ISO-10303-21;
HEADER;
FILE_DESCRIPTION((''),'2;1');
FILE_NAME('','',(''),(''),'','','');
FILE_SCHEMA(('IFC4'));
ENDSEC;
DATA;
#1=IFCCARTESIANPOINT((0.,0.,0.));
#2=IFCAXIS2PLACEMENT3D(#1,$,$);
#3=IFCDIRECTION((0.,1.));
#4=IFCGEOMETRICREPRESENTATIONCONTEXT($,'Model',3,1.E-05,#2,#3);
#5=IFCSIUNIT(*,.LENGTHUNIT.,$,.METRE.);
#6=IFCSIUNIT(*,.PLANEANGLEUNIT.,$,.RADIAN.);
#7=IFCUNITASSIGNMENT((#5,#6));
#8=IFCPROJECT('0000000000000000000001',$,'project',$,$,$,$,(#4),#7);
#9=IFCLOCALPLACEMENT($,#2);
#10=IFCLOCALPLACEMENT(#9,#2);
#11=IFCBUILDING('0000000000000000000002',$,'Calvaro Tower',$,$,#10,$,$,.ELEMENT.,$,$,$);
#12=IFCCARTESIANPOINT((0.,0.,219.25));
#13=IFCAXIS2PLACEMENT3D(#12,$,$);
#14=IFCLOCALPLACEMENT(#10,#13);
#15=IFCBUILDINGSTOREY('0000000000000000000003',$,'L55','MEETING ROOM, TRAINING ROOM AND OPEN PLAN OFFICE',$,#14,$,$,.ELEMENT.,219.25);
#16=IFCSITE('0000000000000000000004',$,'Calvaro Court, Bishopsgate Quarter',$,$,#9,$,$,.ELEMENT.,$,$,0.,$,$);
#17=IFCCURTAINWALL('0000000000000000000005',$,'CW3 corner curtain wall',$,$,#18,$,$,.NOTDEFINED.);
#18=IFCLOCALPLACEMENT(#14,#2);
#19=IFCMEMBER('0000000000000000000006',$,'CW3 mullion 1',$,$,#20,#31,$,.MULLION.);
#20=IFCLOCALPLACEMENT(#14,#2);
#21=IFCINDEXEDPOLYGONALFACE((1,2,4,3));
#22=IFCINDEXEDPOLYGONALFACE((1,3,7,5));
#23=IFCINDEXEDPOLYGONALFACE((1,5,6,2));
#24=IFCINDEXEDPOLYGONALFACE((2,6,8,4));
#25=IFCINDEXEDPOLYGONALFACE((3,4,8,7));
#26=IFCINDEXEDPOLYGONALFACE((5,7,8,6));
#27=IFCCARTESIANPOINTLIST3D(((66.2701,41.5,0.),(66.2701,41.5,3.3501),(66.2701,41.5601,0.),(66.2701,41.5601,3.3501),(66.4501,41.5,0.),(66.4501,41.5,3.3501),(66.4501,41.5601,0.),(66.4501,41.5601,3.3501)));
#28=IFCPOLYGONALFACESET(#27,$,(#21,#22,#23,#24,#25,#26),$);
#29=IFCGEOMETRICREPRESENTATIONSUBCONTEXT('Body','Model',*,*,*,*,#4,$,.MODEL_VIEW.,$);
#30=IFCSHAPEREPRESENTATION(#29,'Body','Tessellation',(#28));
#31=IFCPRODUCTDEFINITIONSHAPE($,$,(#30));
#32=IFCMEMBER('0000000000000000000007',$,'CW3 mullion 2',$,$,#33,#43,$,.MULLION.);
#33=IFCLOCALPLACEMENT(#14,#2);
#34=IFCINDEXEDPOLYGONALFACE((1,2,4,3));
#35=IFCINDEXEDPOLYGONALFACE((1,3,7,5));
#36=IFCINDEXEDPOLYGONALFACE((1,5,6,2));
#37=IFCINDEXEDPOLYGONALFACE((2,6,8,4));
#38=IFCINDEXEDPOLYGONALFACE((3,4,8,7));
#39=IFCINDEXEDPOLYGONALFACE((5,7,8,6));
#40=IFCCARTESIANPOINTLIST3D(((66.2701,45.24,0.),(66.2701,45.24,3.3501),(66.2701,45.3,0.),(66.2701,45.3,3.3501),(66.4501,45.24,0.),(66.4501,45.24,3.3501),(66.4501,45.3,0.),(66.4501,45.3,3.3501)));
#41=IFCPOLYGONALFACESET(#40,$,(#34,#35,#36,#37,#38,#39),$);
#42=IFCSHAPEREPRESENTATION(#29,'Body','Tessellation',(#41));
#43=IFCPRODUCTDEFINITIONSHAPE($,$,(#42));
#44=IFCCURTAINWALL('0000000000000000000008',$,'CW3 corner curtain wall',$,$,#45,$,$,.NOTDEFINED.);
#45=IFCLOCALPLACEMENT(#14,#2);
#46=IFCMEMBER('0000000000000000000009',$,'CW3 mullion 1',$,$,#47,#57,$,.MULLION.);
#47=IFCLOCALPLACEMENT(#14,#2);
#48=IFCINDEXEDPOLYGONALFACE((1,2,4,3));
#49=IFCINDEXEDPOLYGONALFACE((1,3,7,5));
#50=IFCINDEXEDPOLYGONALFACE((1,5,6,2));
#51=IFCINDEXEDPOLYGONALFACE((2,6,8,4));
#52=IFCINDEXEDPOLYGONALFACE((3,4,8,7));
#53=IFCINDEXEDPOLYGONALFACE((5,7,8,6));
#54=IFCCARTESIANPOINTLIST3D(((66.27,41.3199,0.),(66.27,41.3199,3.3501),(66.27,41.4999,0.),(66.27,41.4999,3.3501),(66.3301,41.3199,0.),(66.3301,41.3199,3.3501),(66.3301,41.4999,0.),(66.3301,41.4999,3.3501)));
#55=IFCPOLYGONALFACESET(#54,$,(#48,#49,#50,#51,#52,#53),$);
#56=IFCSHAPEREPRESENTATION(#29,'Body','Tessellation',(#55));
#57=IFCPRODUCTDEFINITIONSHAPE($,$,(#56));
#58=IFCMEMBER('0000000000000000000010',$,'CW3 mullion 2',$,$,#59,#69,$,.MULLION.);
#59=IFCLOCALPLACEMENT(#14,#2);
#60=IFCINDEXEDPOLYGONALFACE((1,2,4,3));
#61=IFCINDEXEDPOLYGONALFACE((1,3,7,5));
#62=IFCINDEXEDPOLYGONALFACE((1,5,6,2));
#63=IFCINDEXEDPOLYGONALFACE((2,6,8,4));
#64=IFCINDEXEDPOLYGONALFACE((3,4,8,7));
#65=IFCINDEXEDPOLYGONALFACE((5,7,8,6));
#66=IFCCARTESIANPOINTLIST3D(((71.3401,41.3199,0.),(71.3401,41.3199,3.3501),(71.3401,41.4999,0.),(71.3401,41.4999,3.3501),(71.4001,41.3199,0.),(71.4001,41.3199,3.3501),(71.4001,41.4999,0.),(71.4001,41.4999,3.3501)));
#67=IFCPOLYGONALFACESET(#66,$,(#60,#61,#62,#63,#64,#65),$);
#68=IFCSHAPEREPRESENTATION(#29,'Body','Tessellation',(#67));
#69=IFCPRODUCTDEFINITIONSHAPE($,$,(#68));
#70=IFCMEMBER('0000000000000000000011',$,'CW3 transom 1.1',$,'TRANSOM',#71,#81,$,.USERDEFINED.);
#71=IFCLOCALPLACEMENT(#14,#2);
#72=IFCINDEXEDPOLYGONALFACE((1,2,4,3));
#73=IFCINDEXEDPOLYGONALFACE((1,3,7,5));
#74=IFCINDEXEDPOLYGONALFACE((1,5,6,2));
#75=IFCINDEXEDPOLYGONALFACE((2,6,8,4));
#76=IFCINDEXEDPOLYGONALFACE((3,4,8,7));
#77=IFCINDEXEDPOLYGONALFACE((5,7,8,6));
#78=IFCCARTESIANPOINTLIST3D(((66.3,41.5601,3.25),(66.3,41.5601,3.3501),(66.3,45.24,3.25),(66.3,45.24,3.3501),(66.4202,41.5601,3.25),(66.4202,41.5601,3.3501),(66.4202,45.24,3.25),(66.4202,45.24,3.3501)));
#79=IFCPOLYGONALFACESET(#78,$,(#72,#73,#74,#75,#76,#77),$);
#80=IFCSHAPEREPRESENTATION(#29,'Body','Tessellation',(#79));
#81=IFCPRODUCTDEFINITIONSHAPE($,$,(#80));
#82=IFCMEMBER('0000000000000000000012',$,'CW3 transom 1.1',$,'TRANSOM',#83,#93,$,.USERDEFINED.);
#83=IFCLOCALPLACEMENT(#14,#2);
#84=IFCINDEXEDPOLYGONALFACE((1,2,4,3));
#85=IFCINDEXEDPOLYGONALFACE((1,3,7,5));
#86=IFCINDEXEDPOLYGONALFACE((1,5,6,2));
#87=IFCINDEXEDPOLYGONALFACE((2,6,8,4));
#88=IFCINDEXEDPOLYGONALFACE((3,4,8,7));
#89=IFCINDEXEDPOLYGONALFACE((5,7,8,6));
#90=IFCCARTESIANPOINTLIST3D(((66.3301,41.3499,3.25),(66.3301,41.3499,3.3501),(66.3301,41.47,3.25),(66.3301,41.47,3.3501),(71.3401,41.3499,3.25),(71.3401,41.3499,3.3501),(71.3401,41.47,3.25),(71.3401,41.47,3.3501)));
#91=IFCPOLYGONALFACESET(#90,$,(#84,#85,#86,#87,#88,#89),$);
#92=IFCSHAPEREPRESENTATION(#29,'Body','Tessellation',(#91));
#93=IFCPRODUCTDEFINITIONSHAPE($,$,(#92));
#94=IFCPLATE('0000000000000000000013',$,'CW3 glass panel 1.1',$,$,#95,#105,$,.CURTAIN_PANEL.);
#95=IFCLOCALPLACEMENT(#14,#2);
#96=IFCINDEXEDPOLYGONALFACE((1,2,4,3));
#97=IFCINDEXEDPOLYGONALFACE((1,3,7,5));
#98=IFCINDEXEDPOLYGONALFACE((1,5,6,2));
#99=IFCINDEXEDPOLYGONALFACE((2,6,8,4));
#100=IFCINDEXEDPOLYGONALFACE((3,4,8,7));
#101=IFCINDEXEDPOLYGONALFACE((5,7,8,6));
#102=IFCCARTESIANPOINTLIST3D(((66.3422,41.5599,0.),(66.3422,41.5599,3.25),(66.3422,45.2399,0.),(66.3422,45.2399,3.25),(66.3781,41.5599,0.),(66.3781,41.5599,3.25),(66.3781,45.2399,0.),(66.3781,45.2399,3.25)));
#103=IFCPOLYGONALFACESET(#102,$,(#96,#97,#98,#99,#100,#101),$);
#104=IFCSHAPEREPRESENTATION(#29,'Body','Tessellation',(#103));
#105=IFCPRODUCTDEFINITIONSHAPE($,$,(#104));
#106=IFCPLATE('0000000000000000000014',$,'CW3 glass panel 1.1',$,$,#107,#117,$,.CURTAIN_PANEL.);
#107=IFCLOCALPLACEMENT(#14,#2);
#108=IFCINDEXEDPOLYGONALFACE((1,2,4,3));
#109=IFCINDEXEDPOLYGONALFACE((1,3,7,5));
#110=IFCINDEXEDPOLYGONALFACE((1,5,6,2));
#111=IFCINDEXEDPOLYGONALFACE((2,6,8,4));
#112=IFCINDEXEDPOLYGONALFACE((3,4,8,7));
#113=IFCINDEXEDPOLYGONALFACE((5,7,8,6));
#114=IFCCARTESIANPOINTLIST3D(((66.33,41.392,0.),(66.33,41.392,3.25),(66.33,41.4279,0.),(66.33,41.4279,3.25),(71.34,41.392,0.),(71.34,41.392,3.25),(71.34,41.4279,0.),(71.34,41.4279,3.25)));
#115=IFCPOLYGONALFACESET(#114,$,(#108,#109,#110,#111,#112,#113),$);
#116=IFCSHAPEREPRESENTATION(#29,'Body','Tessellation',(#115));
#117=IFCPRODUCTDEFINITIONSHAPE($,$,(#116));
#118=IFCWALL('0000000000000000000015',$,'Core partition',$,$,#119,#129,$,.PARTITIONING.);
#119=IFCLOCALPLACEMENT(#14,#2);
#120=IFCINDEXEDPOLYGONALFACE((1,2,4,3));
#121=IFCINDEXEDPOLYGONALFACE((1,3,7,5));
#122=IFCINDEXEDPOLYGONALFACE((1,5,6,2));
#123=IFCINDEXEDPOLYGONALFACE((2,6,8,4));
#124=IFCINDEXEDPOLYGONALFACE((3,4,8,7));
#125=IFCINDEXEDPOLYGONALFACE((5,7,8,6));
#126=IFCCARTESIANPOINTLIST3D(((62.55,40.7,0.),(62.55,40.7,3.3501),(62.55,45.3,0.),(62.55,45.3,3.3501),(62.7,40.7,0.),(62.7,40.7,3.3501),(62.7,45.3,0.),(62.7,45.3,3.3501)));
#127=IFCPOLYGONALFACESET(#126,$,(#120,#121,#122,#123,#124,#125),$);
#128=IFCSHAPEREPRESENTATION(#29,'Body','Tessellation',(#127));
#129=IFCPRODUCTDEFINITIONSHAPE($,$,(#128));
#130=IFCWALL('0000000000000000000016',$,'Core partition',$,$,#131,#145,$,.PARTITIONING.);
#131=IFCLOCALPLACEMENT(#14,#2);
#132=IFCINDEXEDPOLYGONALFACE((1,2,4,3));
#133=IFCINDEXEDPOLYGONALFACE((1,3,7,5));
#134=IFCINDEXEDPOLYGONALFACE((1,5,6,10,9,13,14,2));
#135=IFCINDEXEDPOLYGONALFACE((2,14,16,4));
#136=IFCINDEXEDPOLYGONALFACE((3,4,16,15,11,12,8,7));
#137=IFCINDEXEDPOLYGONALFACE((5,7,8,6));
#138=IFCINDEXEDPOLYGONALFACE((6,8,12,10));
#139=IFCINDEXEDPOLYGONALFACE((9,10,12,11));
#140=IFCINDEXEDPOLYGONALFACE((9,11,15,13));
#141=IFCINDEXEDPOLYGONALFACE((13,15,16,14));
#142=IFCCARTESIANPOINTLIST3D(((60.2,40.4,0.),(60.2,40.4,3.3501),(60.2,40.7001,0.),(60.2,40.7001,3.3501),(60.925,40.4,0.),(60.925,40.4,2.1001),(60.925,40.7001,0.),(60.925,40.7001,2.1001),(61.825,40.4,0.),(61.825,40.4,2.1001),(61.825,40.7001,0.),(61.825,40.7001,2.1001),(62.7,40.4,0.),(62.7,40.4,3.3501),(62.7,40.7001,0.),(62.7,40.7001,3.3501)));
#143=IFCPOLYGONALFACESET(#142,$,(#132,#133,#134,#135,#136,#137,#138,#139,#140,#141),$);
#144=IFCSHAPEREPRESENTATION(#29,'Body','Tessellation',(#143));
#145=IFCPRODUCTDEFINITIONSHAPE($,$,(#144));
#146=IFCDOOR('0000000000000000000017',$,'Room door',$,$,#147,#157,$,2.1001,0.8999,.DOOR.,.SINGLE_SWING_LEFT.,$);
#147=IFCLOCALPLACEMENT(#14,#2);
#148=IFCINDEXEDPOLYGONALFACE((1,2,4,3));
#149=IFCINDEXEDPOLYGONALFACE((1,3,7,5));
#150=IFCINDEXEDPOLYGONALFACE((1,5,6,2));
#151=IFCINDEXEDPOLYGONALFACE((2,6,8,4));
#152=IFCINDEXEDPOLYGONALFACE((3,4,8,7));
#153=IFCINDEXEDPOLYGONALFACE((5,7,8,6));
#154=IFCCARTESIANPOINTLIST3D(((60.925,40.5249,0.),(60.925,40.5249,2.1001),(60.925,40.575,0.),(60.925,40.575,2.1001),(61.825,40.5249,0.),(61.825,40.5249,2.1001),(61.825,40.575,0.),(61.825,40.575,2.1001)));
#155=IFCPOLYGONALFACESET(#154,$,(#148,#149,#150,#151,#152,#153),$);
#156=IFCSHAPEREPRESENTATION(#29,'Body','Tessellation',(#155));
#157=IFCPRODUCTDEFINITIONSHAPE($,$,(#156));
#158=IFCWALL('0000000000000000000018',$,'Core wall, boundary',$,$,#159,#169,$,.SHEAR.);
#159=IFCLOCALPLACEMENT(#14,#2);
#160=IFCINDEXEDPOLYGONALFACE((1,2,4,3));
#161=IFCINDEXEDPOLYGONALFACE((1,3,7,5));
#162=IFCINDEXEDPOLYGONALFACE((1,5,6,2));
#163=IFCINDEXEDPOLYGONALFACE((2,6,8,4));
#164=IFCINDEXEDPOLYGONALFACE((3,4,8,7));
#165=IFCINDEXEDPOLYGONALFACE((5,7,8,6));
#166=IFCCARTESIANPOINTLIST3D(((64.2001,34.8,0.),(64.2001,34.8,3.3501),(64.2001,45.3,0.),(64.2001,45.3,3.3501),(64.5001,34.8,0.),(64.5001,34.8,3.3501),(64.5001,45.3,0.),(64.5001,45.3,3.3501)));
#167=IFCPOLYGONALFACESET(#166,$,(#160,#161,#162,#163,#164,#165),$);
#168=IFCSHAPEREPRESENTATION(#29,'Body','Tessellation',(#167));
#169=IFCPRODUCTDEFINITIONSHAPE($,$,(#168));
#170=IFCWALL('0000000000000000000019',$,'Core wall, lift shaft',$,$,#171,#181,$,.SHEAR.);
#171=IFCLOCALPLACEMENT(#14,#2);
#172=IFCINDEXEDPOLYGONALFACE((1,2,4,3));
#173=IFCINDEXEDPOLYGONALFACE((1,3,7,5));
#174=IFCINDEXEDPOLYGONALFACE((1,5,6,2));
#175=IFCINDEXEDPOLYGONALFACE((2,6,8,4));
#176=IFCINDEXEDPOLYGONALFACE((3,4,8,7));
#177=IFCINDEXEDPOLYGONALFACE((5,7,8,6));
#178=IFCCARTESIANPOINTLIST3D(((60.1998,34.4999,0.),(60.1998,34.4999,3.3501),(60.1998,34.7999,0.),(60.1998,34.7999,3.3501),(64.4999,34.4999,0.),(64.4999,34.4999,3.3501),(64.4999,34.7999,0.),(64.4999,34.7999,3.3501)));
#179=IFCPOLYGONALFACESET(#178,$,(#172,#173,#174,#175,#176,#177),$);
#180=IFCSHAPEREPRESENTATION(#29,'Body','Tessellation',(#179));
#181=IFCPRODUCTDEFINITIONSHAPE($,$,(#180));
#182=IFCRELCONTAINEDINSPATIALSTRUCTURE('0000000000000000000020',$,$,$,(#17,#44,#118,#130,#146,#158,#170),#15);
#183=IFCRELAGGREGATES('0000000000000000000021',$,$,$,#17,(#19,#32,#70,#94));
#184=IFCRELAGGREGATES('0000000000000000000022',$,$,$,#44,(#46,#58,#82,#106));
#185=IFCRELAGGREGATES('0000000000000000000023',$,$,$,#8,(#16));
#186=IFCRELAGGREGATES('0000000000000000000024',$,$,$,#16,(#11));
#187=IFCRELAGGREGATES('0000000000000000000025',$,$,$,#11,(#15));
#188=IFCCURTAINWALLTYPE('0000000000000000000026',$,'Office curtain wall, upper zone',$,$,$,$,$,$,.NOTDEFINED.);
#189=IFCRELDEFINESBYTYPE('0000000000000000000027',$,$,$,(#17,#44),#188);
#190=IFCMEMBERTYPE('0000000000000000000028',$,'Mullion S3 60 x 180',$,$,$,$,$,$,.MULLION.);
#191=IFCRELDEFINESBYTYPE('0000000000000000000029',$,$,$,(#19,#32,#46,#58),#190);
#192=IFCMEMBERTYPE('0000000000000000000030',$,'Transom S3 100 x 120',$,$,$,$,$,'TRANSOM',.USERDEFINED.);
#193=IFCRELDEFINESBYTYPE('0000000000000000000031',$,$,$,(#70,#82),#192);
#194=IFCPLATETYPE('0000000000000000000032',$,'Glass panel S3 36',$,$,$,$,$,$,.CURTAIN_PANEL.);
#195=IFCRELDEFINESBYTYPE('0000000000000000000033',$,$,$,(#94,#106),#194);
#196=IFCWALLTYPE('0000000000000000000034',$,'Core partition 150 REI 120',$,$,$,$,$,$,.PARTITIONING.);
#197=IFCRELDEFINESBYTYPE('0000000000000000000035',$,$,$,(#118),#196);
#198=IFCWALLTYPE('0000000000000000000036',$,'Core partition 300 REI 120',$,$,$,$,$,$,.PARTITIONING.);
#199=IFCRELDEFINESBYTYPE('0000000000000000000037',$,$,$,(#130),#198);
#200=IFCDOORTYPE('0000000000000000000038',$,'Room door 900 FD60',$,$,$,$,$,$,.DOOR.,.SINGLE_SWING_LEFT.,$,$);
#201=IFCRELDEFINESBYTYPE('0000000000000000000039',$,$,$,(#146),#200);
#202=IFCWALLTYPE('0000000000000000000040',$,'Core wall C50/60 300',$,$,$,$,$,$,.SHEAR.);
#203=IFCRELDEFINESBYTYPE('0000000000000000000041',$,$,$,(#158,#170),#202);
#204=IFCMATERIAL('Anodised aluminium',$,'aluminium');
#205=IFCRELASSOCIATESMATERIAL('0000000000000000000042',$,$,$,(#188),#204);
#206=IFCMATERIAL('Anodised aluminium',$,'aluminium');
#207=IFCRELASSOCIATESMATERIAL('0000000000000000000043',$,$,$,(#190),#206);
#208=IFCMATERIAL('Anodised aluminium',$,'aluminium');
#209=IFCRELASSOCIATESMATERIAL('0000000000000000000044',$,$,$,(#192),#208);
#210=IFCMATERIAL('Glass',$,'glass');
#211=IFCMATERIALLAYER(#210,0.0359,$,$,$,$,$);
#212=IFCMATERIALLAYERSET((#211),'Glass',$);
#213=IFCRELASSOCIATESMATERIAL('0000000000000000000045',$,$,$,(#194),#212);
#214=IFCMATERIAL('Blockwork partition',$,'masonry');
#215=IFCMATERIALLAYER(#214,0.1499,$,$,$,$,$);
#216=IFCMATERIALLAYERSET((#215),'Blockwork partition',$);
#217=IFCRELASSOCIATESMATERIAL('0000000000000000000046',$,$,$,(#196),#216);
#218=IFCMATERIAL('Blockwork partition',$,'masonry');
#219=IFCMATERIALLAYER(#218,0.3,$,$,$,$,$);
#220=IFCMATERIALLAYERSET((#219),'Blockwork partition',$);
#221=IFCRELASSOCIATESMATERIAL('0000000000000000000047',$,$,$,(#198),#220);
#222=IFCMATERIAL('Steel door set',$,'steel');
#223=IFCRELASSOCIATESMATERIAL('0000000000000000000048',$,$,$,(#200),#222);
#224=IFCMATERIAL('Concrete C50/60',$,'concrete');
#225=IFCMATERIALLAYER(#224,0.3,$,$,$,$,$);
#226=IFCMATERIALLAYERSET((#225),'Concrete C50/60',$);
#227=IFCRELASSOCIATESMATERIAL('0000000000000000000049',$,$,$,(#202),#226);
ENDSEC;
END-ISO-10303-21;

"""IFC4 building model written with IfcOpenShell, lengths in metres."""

from ifc_helpers import new_model, si_unit, direction, frame, frame_2d, origin, origin_2d, place, context, subcontext, project, spatial, rectangle, extrude, material, layer, layer_set, material_profile, profile_set, type_object, element, fill, aggregate, save


model = new_model("IFC4")

# Units and contexts
model_context = context("Model", 3, precision=1e-05, world=origin(), true_north=direction((0.0, 1.0)))
body_context = subcontext(model_context, "Body", "Model", "MODEL_VIEW")
ifc_project = project(units=[si_unit("LENGTHUNIT", "METRE"), si_unit("PLANEANGLEUNIT", "RADIAN")], contexts=[model_context])

# Site, building, storey
site_placement = place(None, origin())
site = spatial("IfcSite", under=ifc_project, at=site_placement, Name="Calvaro Court, Bishopsgate Quarter", CompositionType="ELEMENT", RefElevation=0.0)
building_placement = place(site_placement, origin())
building = spatial("IfcBuilding", under=site, at=building_placement, Name="Calvaro Tower", CompositionType="ELEMENT")
storey_placement = place(building_placement, frame((0.0, 0.0, 219.25)))
storey = spatial("IfcBuildingStorey", under=building, at=storey_placement, Name="L55", Description="MEETING ROOM, TRAINING ROOM AND OPEN PLAN OFFICE", CompositionType="ELEMENT", Elevation=219.25)

# Curtain walls, members
ifc_material_1 = material(Name="Anodised aluminium", Category="aluminium")
curtain_wall_type = type_object("IfcCurtainWallType", Name="Office curtain wall, upper zone", PredefinedType="NOTDEFINED", material=ifc_material_1)
curtain_wall_1_placement = place(storey_placement, origin())
curtain_wall_1 = element("IfcCurtainWall", 1, at=curtain_wall_1_placement, inside=storey, type_object=curtain_wall_type, Name="CW3 corner curtain wall", PredefinedType="NOTDEFINED")
ifc_material_2 = material(Name="Anodised aluminium", Category="aluminium")
ifc_material_profile_1 = material_profile(ifc_material_2, rectangle(XDim=0.1799, YDim=0.0601, at=origin_2d()), Name="Mullion S3 60 x 180")
ifc_profile_set_1 = profile_set([ifc_material_profile_1], Name="Anodised aluminium")
member_type_1 = type_object("IfcMemberType", Name="Mullion S3 60 x 180", PredefinedType="MULLION", material=ifc_profile_set_1)
member_1_placement = place(storey_placement, frame((66.3601, 41.53, 0.0), z_axis=(0.0, 0.0, 1.0), x_axis=(-1.0, 0.0, 0.0)))
member_1 = element("IfcMember", 2, at=member_1_placement, type_object=member_type_1, Name="CW3 mullion 1", PredefinedType="MULLION", context=body_context, shape_type="SweptSolid", body=[
    extrude(rectangle(XDim=0.1799, YDim=0.0601, at=origin_2d()), origin(), (0.0, 0.0, 1.0), 3.3501),
])
member_2_placement = place(storey_placement, frame((66.3601, 45.27, 0.0), z_axis=(0.0, 0.0, 1.0), x_axis=(-1.0, 0.0, 0.0)))
member_2 = element("IfcMember", 3, at=member_2_placement, type_object=member_type_1, Name="CW3 mullion 2", PredefinedType="MULLION", context=body_context, shape_type="SweptSolid", body=[
    extrude(rectangle(XDim=0.1799, YDim=0.0601, at=origin_2d()), origin(), (0.0, 0.0, 1.0), 3.3501),
])
curtain_wall_2_placement = place(storey_placement, origin())
curtain_wall_2 = element("IfcCurtainWall", 4, at=curtain_wall_2_placement, inside=storey, type_object=curtain_wall_type, Name="CW3 corner curtain wall", PredefinedType="NOTDEFINED")
member_3_placement = place(storey_placement, frame((66.3, 41.4099, 0.0), z_axis=(0.0, 0.0, 1.0), x_axis=(0.0, 1.0, 0.0)))
member_3 = element("IfcMember", 5, at=member_3_placement, type_object=member_type_1, Name="CW3 mullion 1", PredefinedType="MULLION", context=body_context, shape_type="SweptSolid", body=[
    extrude(rectangle(XDim=0.1799, YDim=0.0601, at=origin_2d()), origin(), (0.0, 0.0, 1.0), 3.3501),
])
member_4_placement = place(storey_placement, frame((71.3701, 41.4099, 0.0), z_axis=(0.0, 0.0, 1.0), x_axis=(0.0, 1.0, 0.0)))
member_4 = element("IfcMember", 6, at=member_4_placement, type_object=member_type_1, Name="CW3 mullion 2", PredefinedType="MULLION", context=body_context, shape_type="SweptSolid", body=[
    extrude(rectangle(XDim=0.1799, YDim=0.0601, at=origin_2d()), origin(), (0.0, 0.0, 1.0), 3.3501),
])

# Members
ifc_material_3 = material(Name="Anodised aluminium", Category="aluminium")
ifc_material_profile_2 = material_profile(ifc_material_3, rectangle(XDim=0.1201, YDim=0.1001, at=origin_2d()), Name="Transom S3 100 x 120")
ifc_profile_set_2 = profile_set([ifc_material_profile_2], Name="Anodised aluminium")
member_type_2 = type_object("IfcMemberType", Name="Transom S3 100 x 120", ElementType="TRANSOM", PredefinedType="USERDEFINED", material=ifc_profile_set_2)
member_5_placement = place(storey_placement, frame((66.3601, 41.5601, 3.3), z_axis=(0.0, 1.0, 0.0), x_axis=(-1.0, 0.0, 0.0)))
member_5 = element("IfcMember", 7, at=member_5_placement, type_object=member_type_2, Name="CW3 transom 1.1", ObjectType="TRANSOM", PredefinedType="USERDEFINED", context=body_context, shape_type="SweptSolid", body=[
    extrude(rectangle(XDim=0.1201, YDim=0.1001, at=origin_2d()), origin(), (0.0, 0.0, 1.0), 3.6799),
])
member_6_placement = place(storey_placement, frame((66.3301, 41.4099, 3.3), z_axis=(1.0, 0.0, 0.0), x_axis=(0.0, 1.0, 0.0)))
member_6 = element("IfcMember", 8, at=member_6_placement, type_object=member_type_2, Name="CW3 transom 1.1", ObjectType="TRANSOM", PredefinedType="USERDEFINED", context=body_context, shape_type="SweptSolid", body=[
    extrude(rectangle(XDim=0.1201, YDim=0.1001, at=origin_2d()), origin(), (0.0, 0.0, 1.0), 5.01),
])

# Plates
ifc_material_4 = material(Name="Glass", Category="glass")
ifc_layer_1 = layer(ifc_material_4, 0.0359)
ifc_layer_set_1 = layer_set([ifc_layer_1], Name="Glass")
plate_type = type_object("IfcPlateType", Name="Glass panel S3 36", PredefinedType="CURTAIN_PANEL", material=ifc_layer_set_1)
plate_1_placement = place(storey_placement, frame((66.3601, 43.3999, 0.0), z_axis=(0.0, 0.0, 1.0), x_axis=(0.0, 1.0, 0.0)))
plate_1 = element("IfcPlate", 9, at=plate_1_placement, type_object=plate_type, Name="CW3 glass panel 1.1", PredefinedType="CURTAIN_PANEL", context=body_context, shape_type="SweptSolid", body=[
    extrude(rectangle(XDim=3.6799, YDim=0.0359, at=origin_2d()), origin(), (0.0, 0.0, 1.0), 3.25),
])
aggregate(curtain_wall_1, [member_1, member_2, member_5, plate_1])
plate_2_placement = place(storey_placement, frame((68.835, 41.4099, 0.0), z_axis=(0.0, 0.0, 1.0), x_axis=(1.0, 0.0, 0.0)))
plate_2 = element("IfcPlate", 10, at=plate_2_placement, type_object=plate_type, Name="CW3 glass panel 1.1", PredefinedType="CURTAIN_PANEL", context=body_context, shape_type="SweptSolid", body=[
    extrude(rectangle(XDim=5.01, YDim=0.0359, at=origin_2d()), origin(), (0.0, 0.0, 1.0), 3.25),
])
aggregate(curtain_wall_2, [member_3, member_4, member_6, plate_2])

# Wall
ifc_material_5 = material(Name="Blockwork partition", Category="masonry")
ifc_layer_2 = layer(ifc_material_5, 0.1499)
ifc_layer_set_2 = layer_set([ifc_layer_2], Name="Blockwork partition")
wall_type_1 = type_object("IfcWallType", Name="Core partition 150 REI 120", PredefinedType="PARTITIONING", material=ifc_layer_set_2)
wall_1_placement = place(storey_placement, frame((62.625, 40.7, 0.0), z_axis=(0.0, 0.0, 1.0), x_axis=(0.0, 1.0, 0.0)))
element("IfcWall", 11, at=wall_1_placement, inside=storey, type_object=wall_type_1, Name="Core partition", PredefinedType="PARTITIONING", context=body_context, shape_type="SweptSolid", body=[
    extrude(rectangle(XDim=4.6001, YDim=0.1499, at=frame_2d((2.3, 0.0))), origin(), (0.0, 0.0, 1.0), 3.3501),
])

# Wall, opening, door
ifc_material_6 = material(Name="Blockwork partition", Category="masonry")
ifc_layer_3 = layer(ifc_material_6, 0.3)
ifc_layer_set_3 = layer_set([ifc_layer_3], Name="Blockwork partition")
wall_type_2 = type_object("IfcWallType", Name="Core partition 300 REI 120", PredefinedType="PARTITIONING", material=ifc_layer_set_3)
wall_2_placement = place(storey_placement, frame((60.2, 40.55, 0.0), z_axis=(0.0, 0.0, 1.0), x_axis=(1.0, 0.0, 0.0)))
wall_2 = element("IfcWall", 12, at=wall_2_placement, inside=storey, type_object=wall_type_2, Name="Core partition", PredefinedType="PARTITIONING", context=body_context, shape_type="SweptSolid", body=[
    extrude(rectangle(XDim=2.5, YDim=0.3, at=frame_2d((1.25, 0.0))), origin(), (0.0, 0.0, 1.0), 3.3501),
])
opening_1_placement = place(wall_2_placement, frame((0.7251, 0.0, 0.0)))
opening_1 = element("IfcOpeningElement", 13, at=opening_1_placement, cuts=wall_2, PredefinedType="OPENING", context=body_context, shape_type="SweptSolid", body=[
    extrude(rectangle(XDim=0.8999, YDim=2.1001, at=frame_2d((0.45, 1.05))), frame((0.0, 0.1599, 0.0), z_axis=(0.0, -1.0, 0.0), x_axis=(1.0, 0.0, 0.0)), (0.0, 0.0, 1.0), 0.3201),
])
ifc_material_7 = material(Name="Steel door set", Category="steel")
door_type_1 = type_object("IfcDoorType", Name="Room door 900 FD60", OperationType="SINGLE_SWING_LEFT", PredefinedType="DOOR", material=ifc_material_7)
door_1_placement = place(opening_1_placement, origin())
door_1 = element("IfcDoor", 14, at=door_1_placement, inside=storey, type_object=door_type_1, Name="Room door", OperationType="SINGLE_SWING_LEFT", OverallHeight=2.1001, OverallWidth=0.8999, PredefinedType="DOOR", context=body_context, shape_type="SweptSolid", body=[
    extrude(rectangle(XDim=0.8999, YDim=2.1001, at=frame_2d((0.45, 1.05))), frame((0.0, 0.0249, 0.0), z_axis=(0.0, -1.0, 0.0), x_axis=(1.0, 0.0, 0.0)), (0.0, 0.0, 1.0), 0.05),
])
fill(opening_1, door_1)

# Walls
ifc_material_8 = material(Name="Concrete C50/60", Category="concrete")
ifc_layer_4 = layer(ifc_material_8, 0.3)
ifc_layer_set_4 = layer_set([ifc_layer_4], Name="Concrete C50/60")
wall_type_3 = type_object("IfcWallType", Name="Core wall C50/60 300", PredefinedType="SHEAR", material=ifc_layer_set_4)
wall_3_placement = place(storey_placement, frame((64.3501, 34.8, 0.0), z_axis=(0.0, 0.0, 1.0), x_axis=(0.0, 1.0, 0.0)))
element("IfcWall", 15, at=wall_3_placement, inside=storey, type_object=wall_type_3, Name="Core wall, boundary", PredefinedType="SHEAR", context=body_context, shape_type="SweptSolid", body=[
    extrude(rectangle(XDim=10.5, YDim=0.3, at=frame_2d((5.25, 0.0))), origin(), (0.0, 0.0, 1.0), 3.3501),
])
wall_4_placement = place(storey_placement, frame((60.2, 34.6499, 0.0), z_axis=(0.0, 0.0, 1.0), x_axis=(1.0, 0.0, 0.0)))
element("IfcWall", 16, at=wall_4_placement, inside=storey, type_object=wall_type_3, Name="Core wall, lift shaft", PredefinedType="SHEAR", context=body_context, shape_type="SweptSolid", body=[
    extrude(rectangle(XDim=4.3, YDim=0.3, at=frame_2d((2.1499, 0.0))), origin(), (0.0, 0.0, 1.0), 3.3501),
])

save(model, "model.ifc")
